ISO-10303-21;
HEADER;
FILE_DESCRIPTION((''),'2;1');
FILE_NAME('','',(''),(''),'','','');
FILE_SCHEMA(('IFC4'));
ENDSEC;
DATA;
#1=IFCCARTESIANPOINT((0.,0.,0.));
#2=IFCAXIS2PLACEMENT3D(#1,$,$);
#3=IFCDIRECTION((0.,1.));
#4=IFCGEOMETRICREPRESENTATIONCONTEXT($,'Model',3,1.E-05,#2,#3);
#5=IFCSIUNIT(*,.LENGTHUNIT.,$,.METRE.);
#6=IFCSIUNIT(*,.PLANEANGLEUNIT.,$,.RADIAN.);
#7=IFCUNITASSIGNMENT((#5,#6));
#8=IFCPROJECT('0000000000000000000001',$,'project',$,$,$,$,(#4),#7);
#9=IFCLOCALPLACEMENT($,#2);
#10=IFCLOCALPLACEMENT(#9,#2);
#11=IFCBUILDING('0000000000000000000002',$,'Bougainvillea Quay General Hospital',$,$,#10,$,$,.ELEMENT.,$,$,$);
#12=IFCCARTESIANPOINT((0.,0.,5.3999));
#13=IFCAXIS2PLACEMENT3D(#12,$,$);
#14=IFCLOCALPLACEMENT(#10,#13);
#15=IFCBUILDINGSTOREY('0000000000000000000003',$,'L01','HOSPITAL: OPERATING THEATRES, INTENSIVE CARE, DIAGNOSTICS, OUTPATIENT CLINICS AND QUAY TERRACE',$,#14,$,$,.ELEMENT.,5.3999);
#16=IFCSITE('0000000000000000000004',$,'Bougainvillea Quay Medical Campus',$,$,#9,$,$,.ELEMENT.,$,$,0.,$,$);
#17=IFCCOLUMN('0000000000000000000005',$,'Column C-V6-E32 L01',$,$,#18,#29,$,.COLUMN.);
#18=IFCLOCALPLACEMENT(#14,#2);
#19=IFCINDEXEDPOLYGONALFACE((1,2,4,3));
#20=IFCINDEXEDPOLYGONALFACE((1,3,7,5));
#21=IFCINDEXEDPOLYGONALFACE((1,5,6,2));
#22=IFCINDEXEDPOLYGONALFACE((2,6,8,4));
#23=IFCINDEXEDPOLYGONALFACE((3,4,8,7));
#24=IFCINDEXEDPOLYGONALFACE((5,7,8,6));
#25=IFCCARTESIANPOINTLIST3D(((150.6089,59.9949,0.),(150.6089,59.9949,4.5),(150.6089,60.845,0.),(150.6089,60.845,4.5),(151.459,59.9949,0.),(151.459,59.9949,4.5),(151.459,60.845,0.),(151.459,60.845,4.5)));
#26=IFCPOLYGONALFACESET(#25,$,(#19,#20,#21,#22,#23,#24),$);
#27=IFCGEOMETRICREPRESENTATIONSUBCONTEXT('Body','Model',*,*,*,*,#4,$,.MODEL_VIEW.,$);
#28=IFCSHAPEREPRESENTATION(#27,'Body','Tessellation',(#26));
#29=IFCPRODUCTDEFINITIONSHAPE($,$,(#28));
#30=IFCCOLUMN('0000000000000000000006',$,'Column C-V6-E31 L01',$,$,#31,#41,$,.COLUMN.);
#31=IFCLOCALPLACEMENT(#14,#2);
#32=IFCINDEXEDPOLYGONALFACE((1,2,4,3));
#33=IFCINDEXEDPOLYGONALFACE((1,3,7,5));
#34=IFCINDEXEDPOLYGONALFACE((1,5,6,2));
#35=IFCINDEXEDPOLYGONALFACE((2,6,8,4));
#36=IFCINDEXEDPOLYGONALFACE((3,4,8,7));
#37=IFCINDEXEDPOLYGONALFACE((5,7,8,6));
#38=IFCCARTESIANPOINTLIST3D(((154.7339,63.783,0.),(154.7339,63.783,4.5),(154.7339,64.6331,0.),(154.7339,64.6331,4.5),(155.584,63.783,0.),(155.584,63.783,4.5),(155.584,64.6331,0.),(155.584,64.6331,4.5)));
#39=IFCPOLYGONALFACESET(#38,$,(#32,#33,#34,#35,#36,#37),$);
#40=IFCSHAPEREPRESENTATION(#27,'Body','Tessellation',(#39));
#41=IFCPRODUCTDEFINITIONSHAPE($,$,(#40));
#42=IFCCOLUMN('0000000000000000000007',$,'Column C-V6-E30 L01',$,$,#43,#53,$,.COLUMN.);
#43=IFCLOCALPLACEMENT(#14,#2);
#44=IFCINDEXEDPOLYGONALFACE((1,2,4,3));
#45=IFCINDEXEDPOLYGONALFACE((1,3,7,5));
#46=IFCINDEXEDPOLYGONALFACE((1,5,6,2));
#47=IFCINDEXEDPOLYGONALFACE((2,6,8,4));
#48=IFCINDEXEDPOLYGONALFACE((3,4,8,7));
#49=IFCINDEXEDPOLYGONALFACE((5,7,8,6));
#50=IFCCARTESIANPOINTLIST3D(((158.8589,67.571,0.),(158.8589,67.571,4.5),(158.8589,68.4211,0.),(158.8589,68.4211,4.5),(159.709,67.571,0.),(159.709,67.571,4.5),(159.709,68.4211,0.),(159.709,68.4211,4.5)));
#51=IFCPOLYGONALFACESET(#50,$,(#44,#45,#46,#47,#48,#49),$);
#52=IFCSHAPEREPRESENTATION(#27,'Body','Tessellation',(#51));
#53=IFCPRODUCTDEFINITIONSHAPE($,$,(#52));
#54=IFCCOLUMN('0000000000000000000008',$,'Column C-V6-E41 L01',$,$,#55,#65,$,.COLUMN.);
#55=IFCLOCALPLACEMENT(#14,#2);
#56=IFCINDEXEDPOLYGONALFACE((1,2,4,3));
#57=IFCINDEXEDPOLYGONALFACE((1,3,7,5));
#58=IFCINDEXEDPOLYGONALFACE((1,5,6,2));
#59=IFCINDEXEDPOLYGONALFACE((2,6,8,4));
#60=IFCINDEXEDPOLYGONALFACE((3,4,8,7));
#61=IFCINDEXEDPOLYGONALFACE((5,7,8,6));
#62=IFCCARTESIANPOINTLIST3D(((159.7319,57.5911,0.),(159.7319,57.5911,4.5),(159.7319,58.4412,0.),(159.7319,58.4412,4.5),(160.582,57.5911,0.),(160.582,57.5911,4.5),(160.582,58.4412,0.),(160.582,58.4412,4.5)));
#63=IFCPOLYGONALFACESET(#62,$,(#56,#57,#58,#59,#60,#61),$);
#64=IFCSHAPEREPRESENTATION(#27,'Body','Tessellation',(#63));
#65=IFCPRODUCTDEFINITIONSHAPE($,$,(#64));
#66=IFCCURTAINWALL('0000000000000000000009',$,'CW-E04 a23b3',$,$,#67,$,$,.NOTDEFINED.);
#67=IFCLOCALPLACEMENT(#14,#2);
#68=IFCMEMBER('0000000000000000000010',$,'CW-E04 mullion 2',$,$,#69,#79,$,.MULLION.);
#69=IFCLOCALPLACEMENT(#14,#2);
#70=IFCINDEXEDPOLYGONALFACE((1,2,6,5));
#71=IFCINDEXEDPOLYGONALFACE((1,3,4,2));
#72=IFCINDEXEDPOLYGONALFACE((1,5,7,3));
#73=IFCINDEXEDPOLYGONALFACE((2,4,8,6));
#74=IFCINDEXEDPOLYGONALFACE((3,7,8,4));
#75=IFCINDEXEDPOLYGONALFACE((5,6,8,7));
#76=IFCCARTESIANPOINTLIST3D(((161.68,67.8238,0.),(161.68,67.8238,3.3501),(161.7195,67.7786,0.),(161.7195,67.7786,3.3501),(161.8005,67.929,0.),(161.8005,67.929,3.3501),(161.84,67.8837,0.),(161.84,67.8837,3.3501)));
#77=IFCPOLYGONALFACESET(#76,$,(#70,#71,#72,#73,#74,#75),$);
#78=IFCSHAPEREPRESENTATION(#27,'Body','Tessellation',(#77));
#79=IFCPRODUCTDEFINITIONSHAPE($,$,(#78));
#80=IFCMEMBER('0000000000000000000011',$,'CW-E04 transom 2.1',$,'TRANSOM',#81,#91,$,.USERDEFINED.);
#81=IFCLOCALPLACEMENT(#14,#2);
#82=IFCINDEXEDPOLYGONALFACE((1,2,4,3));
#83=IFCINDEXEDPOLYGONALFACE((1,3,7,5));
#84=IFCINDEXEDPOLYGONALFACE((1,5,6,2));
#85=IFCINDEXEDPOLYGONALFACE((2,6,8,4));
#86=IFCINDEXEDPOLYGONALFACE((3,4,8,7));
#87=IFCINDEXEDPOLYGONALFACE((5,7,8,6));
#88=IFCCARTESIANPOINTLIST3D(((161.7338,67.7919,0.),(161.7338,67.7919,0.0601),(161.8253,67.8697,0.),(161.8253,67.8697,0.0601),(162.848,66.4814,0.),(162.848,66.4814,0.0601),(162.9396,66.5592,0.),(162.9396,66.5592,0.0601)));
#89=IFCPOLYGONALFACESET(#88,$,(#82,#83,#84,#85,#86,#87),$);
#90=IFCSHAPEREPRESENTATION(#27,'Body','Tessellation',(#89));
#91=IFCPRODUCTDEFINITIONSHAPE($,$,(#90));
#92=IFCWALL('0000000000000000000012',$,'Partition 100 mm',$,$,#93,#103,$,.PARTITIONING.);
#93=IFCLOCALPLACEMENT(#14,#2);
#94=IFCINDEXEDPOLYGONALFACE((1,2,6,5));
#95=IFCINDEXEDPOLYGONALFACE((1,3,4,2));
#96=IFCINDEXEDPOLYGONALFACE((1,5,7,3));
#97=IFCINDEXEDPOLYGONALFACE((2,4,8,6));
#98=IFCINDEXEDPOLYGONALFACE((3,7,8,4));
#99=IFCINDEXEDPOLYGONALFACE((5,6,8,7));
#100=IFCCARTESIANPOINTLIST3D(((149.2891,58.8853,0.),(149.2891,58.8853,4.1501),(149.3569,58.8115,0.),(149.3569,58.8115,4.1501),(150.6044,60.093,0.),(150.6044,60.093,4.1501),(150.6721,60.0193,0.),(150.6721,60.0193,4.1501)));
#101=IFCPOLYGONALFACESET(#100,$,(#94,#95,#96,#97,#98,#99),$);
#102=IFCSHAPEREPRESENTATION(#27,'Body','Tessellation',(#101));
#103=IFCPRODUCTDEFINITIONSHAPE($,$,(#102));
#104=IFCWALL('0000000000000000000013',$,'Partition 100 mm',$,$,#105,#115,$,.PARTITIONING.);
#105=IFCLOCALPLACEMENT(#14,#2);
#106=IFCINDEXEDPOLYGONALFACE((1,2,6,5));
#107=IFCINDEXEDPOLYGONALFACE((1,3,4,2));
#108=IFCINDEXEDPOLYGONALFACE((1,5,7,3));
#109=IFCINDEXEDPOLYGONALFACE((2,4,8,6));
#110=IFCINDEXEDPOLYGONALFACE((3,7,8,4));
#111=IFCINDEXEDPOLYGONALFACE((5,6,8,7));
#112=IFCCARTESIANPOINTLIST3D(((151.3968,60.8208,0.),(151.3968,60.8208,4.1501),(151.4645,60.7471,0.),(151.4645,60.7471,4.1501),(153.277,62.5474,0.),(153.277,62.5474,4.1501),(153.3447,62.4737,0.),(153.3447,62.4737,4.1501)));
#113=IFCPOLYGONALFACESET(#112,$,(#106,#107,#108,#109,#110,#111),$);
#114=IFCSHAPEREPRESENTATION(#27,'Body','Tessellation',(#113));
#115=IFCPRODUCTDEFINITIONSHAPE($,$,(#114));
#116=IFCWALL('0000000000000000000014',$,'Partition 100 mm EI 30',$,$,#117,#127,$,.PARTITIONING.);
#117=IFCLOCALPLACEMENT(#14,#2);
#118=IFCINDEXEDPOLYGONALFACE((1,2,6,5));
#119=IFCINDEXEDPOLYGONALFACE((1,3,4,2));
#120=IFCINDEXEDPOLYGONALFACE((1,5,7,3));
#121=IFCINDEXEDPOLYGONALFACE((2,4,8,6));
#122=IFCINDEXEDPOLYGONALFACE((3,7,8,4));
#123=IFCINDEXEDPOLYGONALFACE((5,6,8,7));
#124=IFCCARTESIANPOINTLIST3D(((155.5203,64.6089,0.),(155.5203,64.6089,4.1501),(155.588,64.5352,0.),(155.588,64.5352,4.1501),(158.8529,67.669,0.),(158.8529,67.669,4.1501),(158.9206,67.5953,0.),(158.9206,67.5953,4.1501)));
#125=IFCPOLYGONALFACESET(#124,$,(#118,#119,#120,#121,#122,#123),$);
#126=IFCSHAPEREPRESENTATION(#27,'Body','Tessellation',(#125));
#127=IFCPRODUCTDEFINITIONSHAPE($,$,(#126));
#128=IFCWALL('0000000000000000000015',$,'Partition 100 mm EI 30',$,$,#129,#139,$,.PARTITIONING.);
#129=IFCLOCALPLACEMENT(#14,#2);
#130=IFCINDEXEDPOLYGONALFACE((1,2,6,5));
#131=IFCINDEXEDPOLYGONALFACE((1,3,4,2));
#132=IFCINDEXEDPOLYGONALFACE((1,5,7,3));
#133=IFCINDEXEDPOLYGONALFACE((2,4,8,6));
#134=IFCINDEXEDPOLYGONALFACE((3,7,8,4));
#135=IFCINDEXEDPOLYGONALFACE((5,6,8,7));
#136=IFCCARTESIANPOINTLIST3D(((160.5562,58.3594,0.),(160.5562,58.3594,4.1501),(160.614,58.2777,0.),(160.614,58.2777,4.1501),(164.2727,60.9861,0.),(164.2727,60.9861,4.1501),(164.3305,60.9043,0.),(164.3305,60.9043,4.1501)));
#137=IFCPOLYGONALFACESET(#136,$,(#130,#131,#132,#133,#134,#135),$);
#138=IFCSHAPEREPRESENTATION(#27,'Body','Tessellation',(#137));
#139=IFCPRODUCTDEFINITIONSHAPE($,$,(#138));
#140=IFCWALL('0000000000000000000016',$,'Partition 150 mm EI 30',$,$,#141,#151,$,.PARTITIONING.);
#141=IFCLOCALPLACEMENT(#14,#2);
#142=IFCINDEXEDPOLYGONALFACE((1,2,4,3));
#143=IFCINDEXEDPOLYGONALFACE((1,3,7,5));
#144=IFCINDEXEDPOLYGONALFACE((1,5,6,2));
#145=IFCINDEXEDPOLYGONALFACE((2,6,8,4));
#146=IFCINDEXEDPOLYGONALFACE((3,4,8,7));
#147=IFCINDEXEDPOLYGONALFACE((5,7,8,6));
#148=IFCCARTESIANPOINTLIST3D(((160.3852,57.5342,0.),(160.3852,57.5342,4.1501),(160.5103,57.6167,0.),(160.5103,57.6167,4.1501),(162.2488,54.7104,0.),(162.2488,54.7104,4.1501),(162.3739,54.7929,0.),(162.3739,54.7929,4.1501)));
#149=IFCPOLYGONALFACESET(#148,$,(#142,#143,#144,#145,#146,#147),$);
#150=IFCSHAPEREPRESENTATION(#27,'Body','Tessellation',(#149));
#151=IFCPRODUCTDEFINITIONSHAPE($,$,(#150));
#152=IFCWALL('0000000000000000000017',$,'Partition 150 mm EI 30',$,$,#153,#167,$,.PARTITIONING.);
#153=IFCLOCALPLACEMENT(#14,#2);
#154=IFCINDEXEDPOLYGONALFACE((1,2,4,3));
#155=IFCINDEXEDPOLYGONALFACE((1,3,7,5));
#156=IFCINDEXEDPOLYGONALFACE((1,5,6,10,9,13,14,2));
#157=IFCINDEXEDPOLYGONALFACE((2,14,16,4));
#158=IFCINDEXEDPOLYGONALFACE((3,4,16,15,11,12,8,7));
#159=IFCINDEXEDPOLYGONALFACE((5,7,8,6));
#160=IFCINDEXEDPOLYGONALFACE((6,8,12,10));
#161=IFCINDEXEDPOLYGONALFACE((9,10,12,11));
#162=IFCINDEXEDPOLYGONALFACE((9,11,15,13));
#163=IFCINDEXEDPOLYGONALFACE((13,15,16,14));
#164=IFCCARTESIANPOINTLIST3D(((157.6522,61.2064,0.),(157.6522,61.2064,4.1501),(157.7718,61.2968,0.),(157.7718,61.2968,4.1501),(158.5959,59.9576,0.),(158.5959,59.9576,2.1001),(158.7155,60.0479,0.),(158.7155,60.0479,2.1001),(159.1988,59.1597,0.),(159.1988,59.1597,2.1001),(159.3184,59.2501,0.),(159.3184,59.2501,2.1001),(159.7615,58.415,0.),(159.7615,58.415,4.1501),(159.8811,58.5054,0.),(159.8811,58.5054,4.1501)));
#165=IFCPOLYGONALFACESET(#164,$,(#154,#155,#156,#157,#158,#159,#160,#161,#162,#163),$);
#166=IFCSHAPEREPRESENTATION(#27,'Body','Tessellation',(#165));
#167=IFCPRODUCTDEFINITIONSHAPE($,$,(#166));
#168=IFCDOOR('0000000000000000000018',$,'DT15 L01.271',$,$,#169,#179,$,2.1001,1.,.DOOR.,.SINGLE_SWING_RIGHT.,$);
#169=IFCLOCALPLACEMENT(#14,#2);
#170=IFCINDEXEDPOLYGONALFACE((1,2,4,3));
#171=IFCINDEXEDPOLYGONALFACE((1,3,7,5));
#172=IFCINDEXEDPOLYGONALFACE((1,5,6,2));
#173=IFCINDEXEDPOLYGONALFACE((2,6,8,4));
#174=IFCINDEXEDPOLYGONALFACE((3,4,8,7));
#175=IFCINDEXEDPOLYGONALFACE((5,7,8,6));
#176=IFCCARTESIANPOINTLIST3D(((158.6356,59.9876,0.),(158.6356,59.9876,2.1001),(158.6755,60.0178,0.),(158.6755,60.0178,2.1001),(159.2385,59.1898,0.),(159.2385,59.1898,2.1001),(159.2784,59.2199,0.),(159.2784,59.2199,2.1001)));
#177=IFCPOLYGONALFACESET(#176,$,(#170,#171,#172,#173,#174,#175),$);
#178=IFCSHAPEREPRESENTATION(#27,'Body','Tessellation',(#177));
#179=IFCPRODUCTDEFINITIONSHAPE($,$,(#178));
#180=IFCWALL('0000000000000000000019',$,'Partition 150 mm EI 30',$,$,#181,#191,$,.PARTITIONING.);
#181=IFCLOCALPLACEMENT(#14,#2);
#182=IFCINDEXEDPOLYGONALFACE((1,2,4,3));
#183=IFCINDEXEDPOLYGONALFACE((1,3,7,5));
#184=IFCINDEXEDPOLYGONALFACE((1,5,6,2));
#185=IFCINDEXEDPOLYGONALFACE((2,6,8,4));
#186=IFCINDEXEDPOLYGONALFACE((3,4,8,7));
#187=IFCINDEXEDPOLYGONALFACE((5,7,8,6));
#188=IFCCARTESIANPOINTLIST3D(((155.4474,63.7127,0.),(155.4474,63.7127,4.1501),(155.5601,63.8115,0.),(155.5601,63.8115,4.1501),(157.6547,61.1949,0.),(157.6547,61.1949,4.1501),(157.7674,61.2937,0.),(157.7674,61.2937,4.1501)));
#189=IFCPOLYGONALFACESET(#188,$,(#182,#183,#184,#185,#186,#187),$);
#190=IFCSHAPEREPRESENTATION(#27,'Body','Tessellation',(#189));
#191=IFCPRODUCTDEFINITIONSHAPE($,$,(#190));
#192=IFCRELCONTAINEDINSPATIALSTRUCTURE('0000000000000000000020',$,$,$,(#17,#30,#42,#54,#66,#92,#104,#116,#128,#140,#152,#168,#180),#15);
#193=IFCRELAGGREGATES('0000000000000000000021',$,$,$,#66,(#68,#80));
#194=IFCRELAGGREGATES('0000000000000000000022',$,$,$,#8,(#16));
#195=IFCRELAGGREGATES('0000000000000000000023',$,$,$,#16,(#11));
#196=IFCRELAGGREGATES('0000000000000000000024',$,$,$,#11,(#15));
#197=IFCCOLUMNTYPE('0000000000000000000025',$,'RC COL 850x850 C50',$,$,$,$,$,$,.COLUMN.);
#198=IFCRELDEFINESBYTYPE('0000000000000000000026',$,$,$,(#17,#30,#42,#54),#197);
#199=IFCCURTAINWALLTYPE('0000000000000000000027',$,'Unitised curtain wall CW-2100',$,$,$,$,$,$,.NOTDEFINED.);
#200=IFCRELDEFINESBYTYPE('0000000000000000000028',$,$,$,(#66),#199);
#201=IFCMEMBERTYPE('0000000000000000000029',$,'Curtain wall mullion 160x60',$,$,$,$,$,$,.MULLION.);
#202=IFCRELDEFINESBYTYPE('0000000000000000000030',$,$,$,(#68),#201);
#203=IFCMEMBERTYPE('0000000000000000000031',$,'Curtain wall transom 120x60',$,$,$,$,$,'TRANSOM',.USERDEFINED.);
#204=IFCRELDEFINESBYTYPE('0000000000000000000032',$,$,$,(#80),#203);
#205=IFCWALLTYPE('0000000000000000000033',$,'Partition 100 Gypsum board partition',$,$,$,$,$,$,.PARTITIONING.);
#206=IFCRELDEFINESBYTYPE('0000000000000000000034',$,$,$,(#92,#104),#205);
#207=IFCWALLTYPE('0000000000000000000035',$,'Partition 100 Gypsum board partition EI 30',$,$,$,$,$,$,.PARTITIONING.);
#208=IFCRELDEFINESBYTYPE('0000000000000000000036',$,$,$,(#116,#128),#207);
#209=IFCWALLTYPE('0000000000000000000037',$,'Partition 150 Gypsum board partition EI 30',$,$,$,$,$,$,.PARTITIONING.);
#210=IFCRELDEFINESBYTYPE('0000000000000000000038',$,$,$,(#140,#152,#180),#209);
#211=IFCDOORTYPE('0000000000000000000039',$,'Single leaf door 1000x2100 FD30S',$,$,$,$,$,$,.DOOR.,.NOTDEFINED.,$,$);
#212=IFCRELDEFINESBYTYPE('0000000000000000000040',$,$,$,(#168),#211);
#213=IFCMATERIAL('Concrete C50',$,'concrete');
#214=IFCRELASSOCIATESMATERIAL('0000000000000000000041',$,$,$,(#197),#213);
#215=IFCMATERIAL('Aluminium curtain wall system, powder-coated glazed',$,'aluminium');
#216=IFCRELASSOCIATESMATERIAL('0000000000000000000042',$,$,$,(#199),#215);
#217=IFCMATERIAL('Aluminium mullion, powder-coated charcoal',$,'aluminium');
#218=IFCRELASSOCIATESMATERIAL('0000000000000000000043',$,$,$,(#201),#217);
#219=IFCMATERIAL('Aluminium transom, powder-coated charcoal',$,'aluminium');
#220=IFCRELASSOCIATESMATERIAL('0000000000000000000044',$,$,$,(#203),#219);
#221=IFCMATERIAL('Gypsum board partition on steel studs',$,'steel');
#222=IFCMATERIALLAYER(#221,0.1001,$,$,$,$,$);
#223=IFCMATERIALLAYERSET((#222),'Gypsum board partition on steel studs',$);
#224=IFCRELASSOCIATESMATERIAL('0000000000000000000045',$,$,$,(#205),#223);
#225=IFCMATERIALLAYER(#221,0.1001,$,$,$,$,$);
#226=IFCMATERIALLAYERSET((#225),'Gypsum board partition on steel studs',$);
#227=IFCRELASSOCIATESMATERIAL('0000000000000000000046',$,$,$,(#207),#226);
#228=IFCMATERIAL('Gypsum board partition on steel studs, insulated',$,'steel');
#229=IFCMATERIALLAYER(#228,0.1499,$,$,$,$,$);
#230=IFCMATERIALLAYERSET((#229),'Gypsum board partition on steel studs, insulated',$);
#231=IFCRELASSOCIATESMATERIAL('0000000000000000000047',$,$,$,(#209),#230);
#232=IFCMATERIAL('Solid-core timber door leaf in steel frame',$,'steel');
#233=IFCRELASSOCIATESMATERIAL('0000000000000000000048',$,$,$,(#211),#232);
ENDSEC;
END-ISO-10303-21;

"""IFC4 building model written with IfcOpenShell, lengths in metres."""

from ifc_helpers import new_model, si_unit, direction, frame, frame_2d, origin, origin_2d, place, context, subcontext, project, spatial, rectangle, extrude, material, layer, layer_set, material_profile, profile_set, type_object, element, fill, aggregate, save


model = new_model("IFC4")

# Units and contexts
model_context = context("Model", 3, precision=1e-05, world=origin(), true_north=direction((0.0, 1.0)))
body_context = subcontext(model_context, "Body", "Model", "MODEL_VIEW")
ifc_project = project(units=[si_unit("LENGTHUNIT", "METRE"), si_unit("PLANEANGLEUNIT", "RADIAN")], contexts=[model_context])

# Site, building, storey
site_placement = place(None, origin())
site = spatial("IfcSite", under=ifc_project, at=site_placement, Name="Bougainvillea Quay Medical Campus", CompositionType="ELEMENT", RefElevation=0.0)
building_placement = place(site_placement, origin())
building = spatial("IfcBuilding", under=site, at=building_placement, Name="Bougainvillea Quay General Hospital", CompositionType="ELEMENT")
storey_placement = place(building_placement, frame((0.0, 0.0, 5.3999)))
storey = spatial("IfcBuildingStorey", under=building, at=storey_placement, Name="L01", Description="HOSPITAL: OPERATING THEATRES, INTENSIVE CARE, DIAGNOSTICS, OUTPATIENT CLINICS AND QUAY TERRACE", CompositionType="ELEMENT", Elevation=5.3999)

# Columns
ifc_material_1 = material(Name="Concrete C50", Category="concrete")
ifc_material_profile_1 = material_profile(ifc_material_1, rectangle(XDim=0.8501, YDim=0.8501, at=origin_2d()))
ifc_profile_set_1 = profile_set([ifc_material_profile_1], Name="Concrete C50")
column_type = type_object("IfcColumnType", Name="RC COL 850x850 C50", PredefinedType="COLUMN", material=ifc_profile_set_1)
for number, where, z_axis, x_axis, name in (
    (1, (151.0339, 60.4199, 0.0), (0.0, 0.0, 1.0), (1.0, 0.0, 0.0), "Column C-V6-E32 L01"),
    (2, (155.1589, 64.208, 0.0), (0.0, 0.0, 1.0), (1.0, 0.0, 0.0), "Column C-V6-E31 L01"),
    (3, (159.2839, 67.9961, 0.0), (0.0, 0.0, 1.0), (1.0, 0.0, 0.0), "Column C-V6-E30 L01"),
    (4, (160.157, 58.0161, 0.0), (0.0, 0.0, 1.0), (1.0, 0.0, 0.0), "Column C-V6-E41 L01"),
):
    element("IfcColumn", number, at=place(storey_placement, frame(where, z_axis=z_axis, x_axis=x_axis)), inside=storey, type_object=column_type, Name=name, PredefinedType="COLUMN", context=body_context, shape_type="SweptSolid", body=[
        extrude(rectangle(XDim=0.8501, YDim=0.8501, at=origin_2d()), origin(), (0.0, 0.0, 1.0), 4.5),
    ])

# Curtain wall, members
ifc_material_2 = material(Name="Aluminium curtain wall system, powder-coated glazed", Category="aluminium")
curtain_wall_type = type_object("IfcCurtainWallType", Name="Unitised curtain wall CW-2100", PredefinedType="NOTDEFINED", material=ifc_material_2)
curtain_wall_placement = place(storey_placement, origin())
curtain_wall = element("IfcCurtainWall", 5, at=curtain_wall_placement, inside=storey, type_object=curtain_wall_type, Name="CW-E04 a23b3", PredefinedType="NOTDEFINED")
ifc_material_3 = material(Name="Aluminium mullion, powder-coated charcoal", Category="aluminium")
ifc_material_profile_2 = material_profile(ifc_material_3, rectangle(XDim=0.1599, YDim=0.0601, at=origin_2d()))
ifc_profile_set_2 = profile_set([ifc_material_profile_2], Name="Aluminium mullion, powder-coated charcoal")
member_type_1 = type_object("IfcMemberType", Name="Curtain wall mullion 160x60", PredefinedType="MULLION", material=ifc_profile_set_2)
member_1_placement = place(storey_placement, frame((161.76, 67.8538, 0.0), z_axis=(0.0, 0.0, 1.0), x_axis=(0.753545, 0.657396, 0.0)))
member_1 = element("IfcMember", 6, at=member_1_placement, type_object=member_type_1, Name="CW-E04 mullion 2", PredefinedType="MULLION", context=body_context, shape_type="SweptSolid", body=[
    extrude(rectangle(XDim=0.1599, YDim=0.0601, at=origin_2d()), origin(), (0.0, 0.0, 1.0), 3.3501),
])
ifc_material_4 = material(Name="Aluminium transom, powder-coated charcoal", Category="aluminium")
ifc_material_profile_3 = material_profile(ifc_material_4, rectangle(XDim=0.1201, YDim=0.0601, at=origin_2d()))
ifc_profile_set_3 = profile_set([ifc_material_profile_3], Name="Aluminium transom, powder-coated charcoal")
member_type_2 = type_object("IfcMemberType", Name="Curtain wall transom 120x60", ElementType="TRANSOM", PredefinedType="USERDEFINED", material=ifc_profile_set_3)
member_2_placement = place(storey_placement, frame((161.7795, 67.8308, 0.03), z_axis=(0.647747, -0.761855, 0.0), x_axis=(0.761855, 0.647747, 0.0)))
member_2 = element("IfcMember", 7, at=member_2_placement, type_object=member_type_2, Name="CW-E04 transom 2.1", ObjectType="TRANSOM", PredefinedType="USERDEFINED", context=body_context, shape_type="SweptSolid", body=[
    extrude(rectangle(XDim=0.1201, YDim=0.0601, at=origin_2d()), origin(), (0.0, 0.0, 1.0), 1.7202),
])
aggregate(curtain_wall, [member_1, member_2])

# Walls
ifc_material_5 = material(Name="Gypsum board partition on steel studs", Category="steel")
ifc_layer_1 = layer(ifc_material_5, 0.1001)
ifc_layer_set_1 = layer_set([ifc_layer_1], Name="Gypsum board partition on steel studs")
wall_type_1 = type_object("IfcWallType", Name="Partition 100 Gypsum board partition", PredefinedType="PARTITIONING", material=ifc_layer_set_1)
wall_1_placement = place(storey_placement, frame((149.323, 58.8484, 0.0), z_axis=(0.0, 0.0, 1.0), x_axis=(0.736547, 0.676387, 0.0)))
element("IfcWall", 8, at=wall_1_placement, inside=storey, type_object=wall_type_1, Name="Partition 100 mm", PredefinedType="PARTITIONING", context=body_context, shape_type="SweptSolid", body=[
    extrude(rectangle(XDim=1.7856, YDim=0.1001, at=frame_2d((0.8928, 0.0))), origin(), (0.0, 0.0, 1.0), 4.1501),
])
wall_2_placement = place(storey_placement, frame((151.4307, 60.7839, 0.0), z_axis=(0.0, 0.0, 1.0), x_axis=(0.736546, 0.676387, 0.0)))
element("IfcWall", 9, at=wall_2_placement, inside=storey, type_object=wall_type_1, Name="Partition 100 mm", PredefinedType="PARTITIONING", context=body_context, shape_type="SweptSolid", body=[
    extrude(rectangle(XDim=2.5527, YDim=0.1001, at=frame_2d((1.2764, 0.0))), origin(), (0.0, 0.0, 1.0), 4.1501),
])
ifc_layer_2 = layer(ifc_material_5, 0.1001)
ifc_layer_set_2 = layer_set([ifc_layer_2], Name="Gypsum board partition on steel studs")
wall_type_2 = type_object("IfcWallType", Name="Partition 100 Gypsum board partition EI 30", PredefinedType="PARTITIONING", material=ifc_layer_set_2)
wall_3_placement = place(storey_placement, frame((155.5542, 64.572, 0.0), z_axis=(0.0, 0.0, 1.0), x_axis=(0.736576, 0.676355, 0.0)))
element("IfcWall", 10, at=wall_3_placement, inside=storey, type_object=wall_type_2, Name="Partition 100 mm EI 30", PredefinedType="PARTITIONING", context=body_context, shape_type="SweptSolid", body=[
    extrude(rectangle(XDim=4.5244, YDim=0.1001, at=frame_2d((2.2622, 0.0))), origin(), (0.0, 0.0, 1.0), 4.1501),
])
wall_4_placement = place(storey_placement, frame((160.5852, 58.3186, 0.0), z_axis=(0.0, 0.0, 1.0), x_axis=(0.81663, 0.577161, 0.0)))
element("IfcWall", 11, at=wall_4_placement, inside=storey, type_object=wall_type_2, Name="Partition 100 mm EI 30", PredefinedType="PARTITIONING", context=body_context, shape_type="SweptSolid", body=[
    extrude(rectangle(XDim=4.551, YDim=0.1001, at=frame_2d((2.2754, 0.0))), origin(), (0.0, 0.0, 1.0), 4.1501),
])
ifc_material_6 = material(Name="Gypsum board partition on steel studs, insulated", Category="steel")
ifc_layer_3 = layer(ifc_material_6, 0.1499)
ifc_layer_set_3 = layer_set([ifc_layer_3], Name="Gypsum board partition on steel studs, insulated")
wall_type_3 = type_object("IfcWallType", Name="Partition 150 Gypsum board partition EI 30", PredefinedType="PARTITIONING", material=ifc_layer_set_3)
wall_5_placement = place(storey_placement, frame((160.4478, 57.5754, 0.0), z_axis=(0.0, 0.0, 1.0), x_axis=(0.550814, -0.834628, 0.0)))
element("IfcWall", 12, at=wall_5_placement, inside=storey, type_object=wall_type_3, Name="Partition 150 mm EI 30", PredefinedType="PARTITIONING", context=body_context, shape_type="SweptSolid", body=[
    extrude(rectangle(XDim=3.3833, YDim=0.1499, at=frame_2d((1.6917, 0.0))), origin(), (0.0, 0.0, 1.0), 4.1501),
])

# Wall, opening, door
wall_6_placement = place(storey_placement, frame((157.7119, 61.2517, 0.0), z_axis=(0.0, 0.0, 1.0), x_axis=(0.602877, -0.797835, 0.0)))
wall_6 = element("IfcWall", 13, at=wall_6_placement, inside=storey, type_object=wall_type_3, Name="Partition 150 mm EI 30", PredefinedType="PARTITIONING", context=body_context, shape_type="SweptSolid", body=[
    extrude(rectangle(XDim=3.4988, YDim=0.1499, at=frame_2d((1.7495, 0.0))), origin(), (0.0, 0.0, 1.0), 4.1501),
])
opening_1_placement = place(wall_6_placement, frame((1.5654, 0.0, 0.0)))
opening_1 = element("IfcOpeningElement", 14, at=opening_1_placement, cuts=wall_6, PredefinedType="OPENING", context=body_context, shape_type="SweptSolid", body=[
    extrude(rectangle(XDim=1.0, YDim=2.1001, at=frame_2d((0.5, 1.05))), frame((0.0, 0.085, 0.0), z_axis=(0.0, -1.0, 0.0), x_axis=(1.0, 0.0, 0.0)), (0.0, 0.0, 1.0), 0.1699),
])
ifc_material_7 = material(Name="Solid-core timber door leaf in steel frame", Category="steel")
door_type_1 = type_object("IfcDoorType", Name="Single leaf door 1000x2100 FD30S", OperationType="NOTDEFINED", PredefinedType="DOOR", material=ifc_material_7)
door_1_placement = place(opening_1_placement, origin())
door_1 = element("IfcDoor", 15, at=door_1_placement, inside=storey, type_object=door_type_1, Name="DT15 L01.271", OperationType="SINGLE_SWING_RIGHT", OverallHeight=2.1001, OverallWidth=1.0, PredefinedType="DOOR", context=body_context, shape_type="SweptSolid", body=[
    extrude(rectangle(XDim=1.0, YDim=2.1001, at=frame_2d((0.5, 1.05))), frame((0.0, 0.0249, 0.0), z_axis=(0.0, -1.0, 0.0), x_axis=(1.0, 0.0, 0.0)), (0.0, 0.0, 1.0), 0.05),
])
fill(opening_1, door_1)

# Wall
wall_7_placement = place(storey_placement, frame((155.5037, 63.7622, 0.0), z_axis=(0.0, 0.0, 1.0), x_axis=(0.659212, -0.751958, 0.0)))
element("IfcWall", 16, at=wall_7_placement, inside=storey, type_object=wall_type_3, Name="Partition 150 mm EI 30", PredefinedType="PARTITIONING", context=body_context, shape_type="SweptSolid", body=[
    extrude(rectangle(XDim=3.3484, YDim=0.1499, at=frame_2d((1.6743, 0.0))), origin(), (0.0, 0.0, 1.0), 4.1501),
])

save(model, "model.ifc")
